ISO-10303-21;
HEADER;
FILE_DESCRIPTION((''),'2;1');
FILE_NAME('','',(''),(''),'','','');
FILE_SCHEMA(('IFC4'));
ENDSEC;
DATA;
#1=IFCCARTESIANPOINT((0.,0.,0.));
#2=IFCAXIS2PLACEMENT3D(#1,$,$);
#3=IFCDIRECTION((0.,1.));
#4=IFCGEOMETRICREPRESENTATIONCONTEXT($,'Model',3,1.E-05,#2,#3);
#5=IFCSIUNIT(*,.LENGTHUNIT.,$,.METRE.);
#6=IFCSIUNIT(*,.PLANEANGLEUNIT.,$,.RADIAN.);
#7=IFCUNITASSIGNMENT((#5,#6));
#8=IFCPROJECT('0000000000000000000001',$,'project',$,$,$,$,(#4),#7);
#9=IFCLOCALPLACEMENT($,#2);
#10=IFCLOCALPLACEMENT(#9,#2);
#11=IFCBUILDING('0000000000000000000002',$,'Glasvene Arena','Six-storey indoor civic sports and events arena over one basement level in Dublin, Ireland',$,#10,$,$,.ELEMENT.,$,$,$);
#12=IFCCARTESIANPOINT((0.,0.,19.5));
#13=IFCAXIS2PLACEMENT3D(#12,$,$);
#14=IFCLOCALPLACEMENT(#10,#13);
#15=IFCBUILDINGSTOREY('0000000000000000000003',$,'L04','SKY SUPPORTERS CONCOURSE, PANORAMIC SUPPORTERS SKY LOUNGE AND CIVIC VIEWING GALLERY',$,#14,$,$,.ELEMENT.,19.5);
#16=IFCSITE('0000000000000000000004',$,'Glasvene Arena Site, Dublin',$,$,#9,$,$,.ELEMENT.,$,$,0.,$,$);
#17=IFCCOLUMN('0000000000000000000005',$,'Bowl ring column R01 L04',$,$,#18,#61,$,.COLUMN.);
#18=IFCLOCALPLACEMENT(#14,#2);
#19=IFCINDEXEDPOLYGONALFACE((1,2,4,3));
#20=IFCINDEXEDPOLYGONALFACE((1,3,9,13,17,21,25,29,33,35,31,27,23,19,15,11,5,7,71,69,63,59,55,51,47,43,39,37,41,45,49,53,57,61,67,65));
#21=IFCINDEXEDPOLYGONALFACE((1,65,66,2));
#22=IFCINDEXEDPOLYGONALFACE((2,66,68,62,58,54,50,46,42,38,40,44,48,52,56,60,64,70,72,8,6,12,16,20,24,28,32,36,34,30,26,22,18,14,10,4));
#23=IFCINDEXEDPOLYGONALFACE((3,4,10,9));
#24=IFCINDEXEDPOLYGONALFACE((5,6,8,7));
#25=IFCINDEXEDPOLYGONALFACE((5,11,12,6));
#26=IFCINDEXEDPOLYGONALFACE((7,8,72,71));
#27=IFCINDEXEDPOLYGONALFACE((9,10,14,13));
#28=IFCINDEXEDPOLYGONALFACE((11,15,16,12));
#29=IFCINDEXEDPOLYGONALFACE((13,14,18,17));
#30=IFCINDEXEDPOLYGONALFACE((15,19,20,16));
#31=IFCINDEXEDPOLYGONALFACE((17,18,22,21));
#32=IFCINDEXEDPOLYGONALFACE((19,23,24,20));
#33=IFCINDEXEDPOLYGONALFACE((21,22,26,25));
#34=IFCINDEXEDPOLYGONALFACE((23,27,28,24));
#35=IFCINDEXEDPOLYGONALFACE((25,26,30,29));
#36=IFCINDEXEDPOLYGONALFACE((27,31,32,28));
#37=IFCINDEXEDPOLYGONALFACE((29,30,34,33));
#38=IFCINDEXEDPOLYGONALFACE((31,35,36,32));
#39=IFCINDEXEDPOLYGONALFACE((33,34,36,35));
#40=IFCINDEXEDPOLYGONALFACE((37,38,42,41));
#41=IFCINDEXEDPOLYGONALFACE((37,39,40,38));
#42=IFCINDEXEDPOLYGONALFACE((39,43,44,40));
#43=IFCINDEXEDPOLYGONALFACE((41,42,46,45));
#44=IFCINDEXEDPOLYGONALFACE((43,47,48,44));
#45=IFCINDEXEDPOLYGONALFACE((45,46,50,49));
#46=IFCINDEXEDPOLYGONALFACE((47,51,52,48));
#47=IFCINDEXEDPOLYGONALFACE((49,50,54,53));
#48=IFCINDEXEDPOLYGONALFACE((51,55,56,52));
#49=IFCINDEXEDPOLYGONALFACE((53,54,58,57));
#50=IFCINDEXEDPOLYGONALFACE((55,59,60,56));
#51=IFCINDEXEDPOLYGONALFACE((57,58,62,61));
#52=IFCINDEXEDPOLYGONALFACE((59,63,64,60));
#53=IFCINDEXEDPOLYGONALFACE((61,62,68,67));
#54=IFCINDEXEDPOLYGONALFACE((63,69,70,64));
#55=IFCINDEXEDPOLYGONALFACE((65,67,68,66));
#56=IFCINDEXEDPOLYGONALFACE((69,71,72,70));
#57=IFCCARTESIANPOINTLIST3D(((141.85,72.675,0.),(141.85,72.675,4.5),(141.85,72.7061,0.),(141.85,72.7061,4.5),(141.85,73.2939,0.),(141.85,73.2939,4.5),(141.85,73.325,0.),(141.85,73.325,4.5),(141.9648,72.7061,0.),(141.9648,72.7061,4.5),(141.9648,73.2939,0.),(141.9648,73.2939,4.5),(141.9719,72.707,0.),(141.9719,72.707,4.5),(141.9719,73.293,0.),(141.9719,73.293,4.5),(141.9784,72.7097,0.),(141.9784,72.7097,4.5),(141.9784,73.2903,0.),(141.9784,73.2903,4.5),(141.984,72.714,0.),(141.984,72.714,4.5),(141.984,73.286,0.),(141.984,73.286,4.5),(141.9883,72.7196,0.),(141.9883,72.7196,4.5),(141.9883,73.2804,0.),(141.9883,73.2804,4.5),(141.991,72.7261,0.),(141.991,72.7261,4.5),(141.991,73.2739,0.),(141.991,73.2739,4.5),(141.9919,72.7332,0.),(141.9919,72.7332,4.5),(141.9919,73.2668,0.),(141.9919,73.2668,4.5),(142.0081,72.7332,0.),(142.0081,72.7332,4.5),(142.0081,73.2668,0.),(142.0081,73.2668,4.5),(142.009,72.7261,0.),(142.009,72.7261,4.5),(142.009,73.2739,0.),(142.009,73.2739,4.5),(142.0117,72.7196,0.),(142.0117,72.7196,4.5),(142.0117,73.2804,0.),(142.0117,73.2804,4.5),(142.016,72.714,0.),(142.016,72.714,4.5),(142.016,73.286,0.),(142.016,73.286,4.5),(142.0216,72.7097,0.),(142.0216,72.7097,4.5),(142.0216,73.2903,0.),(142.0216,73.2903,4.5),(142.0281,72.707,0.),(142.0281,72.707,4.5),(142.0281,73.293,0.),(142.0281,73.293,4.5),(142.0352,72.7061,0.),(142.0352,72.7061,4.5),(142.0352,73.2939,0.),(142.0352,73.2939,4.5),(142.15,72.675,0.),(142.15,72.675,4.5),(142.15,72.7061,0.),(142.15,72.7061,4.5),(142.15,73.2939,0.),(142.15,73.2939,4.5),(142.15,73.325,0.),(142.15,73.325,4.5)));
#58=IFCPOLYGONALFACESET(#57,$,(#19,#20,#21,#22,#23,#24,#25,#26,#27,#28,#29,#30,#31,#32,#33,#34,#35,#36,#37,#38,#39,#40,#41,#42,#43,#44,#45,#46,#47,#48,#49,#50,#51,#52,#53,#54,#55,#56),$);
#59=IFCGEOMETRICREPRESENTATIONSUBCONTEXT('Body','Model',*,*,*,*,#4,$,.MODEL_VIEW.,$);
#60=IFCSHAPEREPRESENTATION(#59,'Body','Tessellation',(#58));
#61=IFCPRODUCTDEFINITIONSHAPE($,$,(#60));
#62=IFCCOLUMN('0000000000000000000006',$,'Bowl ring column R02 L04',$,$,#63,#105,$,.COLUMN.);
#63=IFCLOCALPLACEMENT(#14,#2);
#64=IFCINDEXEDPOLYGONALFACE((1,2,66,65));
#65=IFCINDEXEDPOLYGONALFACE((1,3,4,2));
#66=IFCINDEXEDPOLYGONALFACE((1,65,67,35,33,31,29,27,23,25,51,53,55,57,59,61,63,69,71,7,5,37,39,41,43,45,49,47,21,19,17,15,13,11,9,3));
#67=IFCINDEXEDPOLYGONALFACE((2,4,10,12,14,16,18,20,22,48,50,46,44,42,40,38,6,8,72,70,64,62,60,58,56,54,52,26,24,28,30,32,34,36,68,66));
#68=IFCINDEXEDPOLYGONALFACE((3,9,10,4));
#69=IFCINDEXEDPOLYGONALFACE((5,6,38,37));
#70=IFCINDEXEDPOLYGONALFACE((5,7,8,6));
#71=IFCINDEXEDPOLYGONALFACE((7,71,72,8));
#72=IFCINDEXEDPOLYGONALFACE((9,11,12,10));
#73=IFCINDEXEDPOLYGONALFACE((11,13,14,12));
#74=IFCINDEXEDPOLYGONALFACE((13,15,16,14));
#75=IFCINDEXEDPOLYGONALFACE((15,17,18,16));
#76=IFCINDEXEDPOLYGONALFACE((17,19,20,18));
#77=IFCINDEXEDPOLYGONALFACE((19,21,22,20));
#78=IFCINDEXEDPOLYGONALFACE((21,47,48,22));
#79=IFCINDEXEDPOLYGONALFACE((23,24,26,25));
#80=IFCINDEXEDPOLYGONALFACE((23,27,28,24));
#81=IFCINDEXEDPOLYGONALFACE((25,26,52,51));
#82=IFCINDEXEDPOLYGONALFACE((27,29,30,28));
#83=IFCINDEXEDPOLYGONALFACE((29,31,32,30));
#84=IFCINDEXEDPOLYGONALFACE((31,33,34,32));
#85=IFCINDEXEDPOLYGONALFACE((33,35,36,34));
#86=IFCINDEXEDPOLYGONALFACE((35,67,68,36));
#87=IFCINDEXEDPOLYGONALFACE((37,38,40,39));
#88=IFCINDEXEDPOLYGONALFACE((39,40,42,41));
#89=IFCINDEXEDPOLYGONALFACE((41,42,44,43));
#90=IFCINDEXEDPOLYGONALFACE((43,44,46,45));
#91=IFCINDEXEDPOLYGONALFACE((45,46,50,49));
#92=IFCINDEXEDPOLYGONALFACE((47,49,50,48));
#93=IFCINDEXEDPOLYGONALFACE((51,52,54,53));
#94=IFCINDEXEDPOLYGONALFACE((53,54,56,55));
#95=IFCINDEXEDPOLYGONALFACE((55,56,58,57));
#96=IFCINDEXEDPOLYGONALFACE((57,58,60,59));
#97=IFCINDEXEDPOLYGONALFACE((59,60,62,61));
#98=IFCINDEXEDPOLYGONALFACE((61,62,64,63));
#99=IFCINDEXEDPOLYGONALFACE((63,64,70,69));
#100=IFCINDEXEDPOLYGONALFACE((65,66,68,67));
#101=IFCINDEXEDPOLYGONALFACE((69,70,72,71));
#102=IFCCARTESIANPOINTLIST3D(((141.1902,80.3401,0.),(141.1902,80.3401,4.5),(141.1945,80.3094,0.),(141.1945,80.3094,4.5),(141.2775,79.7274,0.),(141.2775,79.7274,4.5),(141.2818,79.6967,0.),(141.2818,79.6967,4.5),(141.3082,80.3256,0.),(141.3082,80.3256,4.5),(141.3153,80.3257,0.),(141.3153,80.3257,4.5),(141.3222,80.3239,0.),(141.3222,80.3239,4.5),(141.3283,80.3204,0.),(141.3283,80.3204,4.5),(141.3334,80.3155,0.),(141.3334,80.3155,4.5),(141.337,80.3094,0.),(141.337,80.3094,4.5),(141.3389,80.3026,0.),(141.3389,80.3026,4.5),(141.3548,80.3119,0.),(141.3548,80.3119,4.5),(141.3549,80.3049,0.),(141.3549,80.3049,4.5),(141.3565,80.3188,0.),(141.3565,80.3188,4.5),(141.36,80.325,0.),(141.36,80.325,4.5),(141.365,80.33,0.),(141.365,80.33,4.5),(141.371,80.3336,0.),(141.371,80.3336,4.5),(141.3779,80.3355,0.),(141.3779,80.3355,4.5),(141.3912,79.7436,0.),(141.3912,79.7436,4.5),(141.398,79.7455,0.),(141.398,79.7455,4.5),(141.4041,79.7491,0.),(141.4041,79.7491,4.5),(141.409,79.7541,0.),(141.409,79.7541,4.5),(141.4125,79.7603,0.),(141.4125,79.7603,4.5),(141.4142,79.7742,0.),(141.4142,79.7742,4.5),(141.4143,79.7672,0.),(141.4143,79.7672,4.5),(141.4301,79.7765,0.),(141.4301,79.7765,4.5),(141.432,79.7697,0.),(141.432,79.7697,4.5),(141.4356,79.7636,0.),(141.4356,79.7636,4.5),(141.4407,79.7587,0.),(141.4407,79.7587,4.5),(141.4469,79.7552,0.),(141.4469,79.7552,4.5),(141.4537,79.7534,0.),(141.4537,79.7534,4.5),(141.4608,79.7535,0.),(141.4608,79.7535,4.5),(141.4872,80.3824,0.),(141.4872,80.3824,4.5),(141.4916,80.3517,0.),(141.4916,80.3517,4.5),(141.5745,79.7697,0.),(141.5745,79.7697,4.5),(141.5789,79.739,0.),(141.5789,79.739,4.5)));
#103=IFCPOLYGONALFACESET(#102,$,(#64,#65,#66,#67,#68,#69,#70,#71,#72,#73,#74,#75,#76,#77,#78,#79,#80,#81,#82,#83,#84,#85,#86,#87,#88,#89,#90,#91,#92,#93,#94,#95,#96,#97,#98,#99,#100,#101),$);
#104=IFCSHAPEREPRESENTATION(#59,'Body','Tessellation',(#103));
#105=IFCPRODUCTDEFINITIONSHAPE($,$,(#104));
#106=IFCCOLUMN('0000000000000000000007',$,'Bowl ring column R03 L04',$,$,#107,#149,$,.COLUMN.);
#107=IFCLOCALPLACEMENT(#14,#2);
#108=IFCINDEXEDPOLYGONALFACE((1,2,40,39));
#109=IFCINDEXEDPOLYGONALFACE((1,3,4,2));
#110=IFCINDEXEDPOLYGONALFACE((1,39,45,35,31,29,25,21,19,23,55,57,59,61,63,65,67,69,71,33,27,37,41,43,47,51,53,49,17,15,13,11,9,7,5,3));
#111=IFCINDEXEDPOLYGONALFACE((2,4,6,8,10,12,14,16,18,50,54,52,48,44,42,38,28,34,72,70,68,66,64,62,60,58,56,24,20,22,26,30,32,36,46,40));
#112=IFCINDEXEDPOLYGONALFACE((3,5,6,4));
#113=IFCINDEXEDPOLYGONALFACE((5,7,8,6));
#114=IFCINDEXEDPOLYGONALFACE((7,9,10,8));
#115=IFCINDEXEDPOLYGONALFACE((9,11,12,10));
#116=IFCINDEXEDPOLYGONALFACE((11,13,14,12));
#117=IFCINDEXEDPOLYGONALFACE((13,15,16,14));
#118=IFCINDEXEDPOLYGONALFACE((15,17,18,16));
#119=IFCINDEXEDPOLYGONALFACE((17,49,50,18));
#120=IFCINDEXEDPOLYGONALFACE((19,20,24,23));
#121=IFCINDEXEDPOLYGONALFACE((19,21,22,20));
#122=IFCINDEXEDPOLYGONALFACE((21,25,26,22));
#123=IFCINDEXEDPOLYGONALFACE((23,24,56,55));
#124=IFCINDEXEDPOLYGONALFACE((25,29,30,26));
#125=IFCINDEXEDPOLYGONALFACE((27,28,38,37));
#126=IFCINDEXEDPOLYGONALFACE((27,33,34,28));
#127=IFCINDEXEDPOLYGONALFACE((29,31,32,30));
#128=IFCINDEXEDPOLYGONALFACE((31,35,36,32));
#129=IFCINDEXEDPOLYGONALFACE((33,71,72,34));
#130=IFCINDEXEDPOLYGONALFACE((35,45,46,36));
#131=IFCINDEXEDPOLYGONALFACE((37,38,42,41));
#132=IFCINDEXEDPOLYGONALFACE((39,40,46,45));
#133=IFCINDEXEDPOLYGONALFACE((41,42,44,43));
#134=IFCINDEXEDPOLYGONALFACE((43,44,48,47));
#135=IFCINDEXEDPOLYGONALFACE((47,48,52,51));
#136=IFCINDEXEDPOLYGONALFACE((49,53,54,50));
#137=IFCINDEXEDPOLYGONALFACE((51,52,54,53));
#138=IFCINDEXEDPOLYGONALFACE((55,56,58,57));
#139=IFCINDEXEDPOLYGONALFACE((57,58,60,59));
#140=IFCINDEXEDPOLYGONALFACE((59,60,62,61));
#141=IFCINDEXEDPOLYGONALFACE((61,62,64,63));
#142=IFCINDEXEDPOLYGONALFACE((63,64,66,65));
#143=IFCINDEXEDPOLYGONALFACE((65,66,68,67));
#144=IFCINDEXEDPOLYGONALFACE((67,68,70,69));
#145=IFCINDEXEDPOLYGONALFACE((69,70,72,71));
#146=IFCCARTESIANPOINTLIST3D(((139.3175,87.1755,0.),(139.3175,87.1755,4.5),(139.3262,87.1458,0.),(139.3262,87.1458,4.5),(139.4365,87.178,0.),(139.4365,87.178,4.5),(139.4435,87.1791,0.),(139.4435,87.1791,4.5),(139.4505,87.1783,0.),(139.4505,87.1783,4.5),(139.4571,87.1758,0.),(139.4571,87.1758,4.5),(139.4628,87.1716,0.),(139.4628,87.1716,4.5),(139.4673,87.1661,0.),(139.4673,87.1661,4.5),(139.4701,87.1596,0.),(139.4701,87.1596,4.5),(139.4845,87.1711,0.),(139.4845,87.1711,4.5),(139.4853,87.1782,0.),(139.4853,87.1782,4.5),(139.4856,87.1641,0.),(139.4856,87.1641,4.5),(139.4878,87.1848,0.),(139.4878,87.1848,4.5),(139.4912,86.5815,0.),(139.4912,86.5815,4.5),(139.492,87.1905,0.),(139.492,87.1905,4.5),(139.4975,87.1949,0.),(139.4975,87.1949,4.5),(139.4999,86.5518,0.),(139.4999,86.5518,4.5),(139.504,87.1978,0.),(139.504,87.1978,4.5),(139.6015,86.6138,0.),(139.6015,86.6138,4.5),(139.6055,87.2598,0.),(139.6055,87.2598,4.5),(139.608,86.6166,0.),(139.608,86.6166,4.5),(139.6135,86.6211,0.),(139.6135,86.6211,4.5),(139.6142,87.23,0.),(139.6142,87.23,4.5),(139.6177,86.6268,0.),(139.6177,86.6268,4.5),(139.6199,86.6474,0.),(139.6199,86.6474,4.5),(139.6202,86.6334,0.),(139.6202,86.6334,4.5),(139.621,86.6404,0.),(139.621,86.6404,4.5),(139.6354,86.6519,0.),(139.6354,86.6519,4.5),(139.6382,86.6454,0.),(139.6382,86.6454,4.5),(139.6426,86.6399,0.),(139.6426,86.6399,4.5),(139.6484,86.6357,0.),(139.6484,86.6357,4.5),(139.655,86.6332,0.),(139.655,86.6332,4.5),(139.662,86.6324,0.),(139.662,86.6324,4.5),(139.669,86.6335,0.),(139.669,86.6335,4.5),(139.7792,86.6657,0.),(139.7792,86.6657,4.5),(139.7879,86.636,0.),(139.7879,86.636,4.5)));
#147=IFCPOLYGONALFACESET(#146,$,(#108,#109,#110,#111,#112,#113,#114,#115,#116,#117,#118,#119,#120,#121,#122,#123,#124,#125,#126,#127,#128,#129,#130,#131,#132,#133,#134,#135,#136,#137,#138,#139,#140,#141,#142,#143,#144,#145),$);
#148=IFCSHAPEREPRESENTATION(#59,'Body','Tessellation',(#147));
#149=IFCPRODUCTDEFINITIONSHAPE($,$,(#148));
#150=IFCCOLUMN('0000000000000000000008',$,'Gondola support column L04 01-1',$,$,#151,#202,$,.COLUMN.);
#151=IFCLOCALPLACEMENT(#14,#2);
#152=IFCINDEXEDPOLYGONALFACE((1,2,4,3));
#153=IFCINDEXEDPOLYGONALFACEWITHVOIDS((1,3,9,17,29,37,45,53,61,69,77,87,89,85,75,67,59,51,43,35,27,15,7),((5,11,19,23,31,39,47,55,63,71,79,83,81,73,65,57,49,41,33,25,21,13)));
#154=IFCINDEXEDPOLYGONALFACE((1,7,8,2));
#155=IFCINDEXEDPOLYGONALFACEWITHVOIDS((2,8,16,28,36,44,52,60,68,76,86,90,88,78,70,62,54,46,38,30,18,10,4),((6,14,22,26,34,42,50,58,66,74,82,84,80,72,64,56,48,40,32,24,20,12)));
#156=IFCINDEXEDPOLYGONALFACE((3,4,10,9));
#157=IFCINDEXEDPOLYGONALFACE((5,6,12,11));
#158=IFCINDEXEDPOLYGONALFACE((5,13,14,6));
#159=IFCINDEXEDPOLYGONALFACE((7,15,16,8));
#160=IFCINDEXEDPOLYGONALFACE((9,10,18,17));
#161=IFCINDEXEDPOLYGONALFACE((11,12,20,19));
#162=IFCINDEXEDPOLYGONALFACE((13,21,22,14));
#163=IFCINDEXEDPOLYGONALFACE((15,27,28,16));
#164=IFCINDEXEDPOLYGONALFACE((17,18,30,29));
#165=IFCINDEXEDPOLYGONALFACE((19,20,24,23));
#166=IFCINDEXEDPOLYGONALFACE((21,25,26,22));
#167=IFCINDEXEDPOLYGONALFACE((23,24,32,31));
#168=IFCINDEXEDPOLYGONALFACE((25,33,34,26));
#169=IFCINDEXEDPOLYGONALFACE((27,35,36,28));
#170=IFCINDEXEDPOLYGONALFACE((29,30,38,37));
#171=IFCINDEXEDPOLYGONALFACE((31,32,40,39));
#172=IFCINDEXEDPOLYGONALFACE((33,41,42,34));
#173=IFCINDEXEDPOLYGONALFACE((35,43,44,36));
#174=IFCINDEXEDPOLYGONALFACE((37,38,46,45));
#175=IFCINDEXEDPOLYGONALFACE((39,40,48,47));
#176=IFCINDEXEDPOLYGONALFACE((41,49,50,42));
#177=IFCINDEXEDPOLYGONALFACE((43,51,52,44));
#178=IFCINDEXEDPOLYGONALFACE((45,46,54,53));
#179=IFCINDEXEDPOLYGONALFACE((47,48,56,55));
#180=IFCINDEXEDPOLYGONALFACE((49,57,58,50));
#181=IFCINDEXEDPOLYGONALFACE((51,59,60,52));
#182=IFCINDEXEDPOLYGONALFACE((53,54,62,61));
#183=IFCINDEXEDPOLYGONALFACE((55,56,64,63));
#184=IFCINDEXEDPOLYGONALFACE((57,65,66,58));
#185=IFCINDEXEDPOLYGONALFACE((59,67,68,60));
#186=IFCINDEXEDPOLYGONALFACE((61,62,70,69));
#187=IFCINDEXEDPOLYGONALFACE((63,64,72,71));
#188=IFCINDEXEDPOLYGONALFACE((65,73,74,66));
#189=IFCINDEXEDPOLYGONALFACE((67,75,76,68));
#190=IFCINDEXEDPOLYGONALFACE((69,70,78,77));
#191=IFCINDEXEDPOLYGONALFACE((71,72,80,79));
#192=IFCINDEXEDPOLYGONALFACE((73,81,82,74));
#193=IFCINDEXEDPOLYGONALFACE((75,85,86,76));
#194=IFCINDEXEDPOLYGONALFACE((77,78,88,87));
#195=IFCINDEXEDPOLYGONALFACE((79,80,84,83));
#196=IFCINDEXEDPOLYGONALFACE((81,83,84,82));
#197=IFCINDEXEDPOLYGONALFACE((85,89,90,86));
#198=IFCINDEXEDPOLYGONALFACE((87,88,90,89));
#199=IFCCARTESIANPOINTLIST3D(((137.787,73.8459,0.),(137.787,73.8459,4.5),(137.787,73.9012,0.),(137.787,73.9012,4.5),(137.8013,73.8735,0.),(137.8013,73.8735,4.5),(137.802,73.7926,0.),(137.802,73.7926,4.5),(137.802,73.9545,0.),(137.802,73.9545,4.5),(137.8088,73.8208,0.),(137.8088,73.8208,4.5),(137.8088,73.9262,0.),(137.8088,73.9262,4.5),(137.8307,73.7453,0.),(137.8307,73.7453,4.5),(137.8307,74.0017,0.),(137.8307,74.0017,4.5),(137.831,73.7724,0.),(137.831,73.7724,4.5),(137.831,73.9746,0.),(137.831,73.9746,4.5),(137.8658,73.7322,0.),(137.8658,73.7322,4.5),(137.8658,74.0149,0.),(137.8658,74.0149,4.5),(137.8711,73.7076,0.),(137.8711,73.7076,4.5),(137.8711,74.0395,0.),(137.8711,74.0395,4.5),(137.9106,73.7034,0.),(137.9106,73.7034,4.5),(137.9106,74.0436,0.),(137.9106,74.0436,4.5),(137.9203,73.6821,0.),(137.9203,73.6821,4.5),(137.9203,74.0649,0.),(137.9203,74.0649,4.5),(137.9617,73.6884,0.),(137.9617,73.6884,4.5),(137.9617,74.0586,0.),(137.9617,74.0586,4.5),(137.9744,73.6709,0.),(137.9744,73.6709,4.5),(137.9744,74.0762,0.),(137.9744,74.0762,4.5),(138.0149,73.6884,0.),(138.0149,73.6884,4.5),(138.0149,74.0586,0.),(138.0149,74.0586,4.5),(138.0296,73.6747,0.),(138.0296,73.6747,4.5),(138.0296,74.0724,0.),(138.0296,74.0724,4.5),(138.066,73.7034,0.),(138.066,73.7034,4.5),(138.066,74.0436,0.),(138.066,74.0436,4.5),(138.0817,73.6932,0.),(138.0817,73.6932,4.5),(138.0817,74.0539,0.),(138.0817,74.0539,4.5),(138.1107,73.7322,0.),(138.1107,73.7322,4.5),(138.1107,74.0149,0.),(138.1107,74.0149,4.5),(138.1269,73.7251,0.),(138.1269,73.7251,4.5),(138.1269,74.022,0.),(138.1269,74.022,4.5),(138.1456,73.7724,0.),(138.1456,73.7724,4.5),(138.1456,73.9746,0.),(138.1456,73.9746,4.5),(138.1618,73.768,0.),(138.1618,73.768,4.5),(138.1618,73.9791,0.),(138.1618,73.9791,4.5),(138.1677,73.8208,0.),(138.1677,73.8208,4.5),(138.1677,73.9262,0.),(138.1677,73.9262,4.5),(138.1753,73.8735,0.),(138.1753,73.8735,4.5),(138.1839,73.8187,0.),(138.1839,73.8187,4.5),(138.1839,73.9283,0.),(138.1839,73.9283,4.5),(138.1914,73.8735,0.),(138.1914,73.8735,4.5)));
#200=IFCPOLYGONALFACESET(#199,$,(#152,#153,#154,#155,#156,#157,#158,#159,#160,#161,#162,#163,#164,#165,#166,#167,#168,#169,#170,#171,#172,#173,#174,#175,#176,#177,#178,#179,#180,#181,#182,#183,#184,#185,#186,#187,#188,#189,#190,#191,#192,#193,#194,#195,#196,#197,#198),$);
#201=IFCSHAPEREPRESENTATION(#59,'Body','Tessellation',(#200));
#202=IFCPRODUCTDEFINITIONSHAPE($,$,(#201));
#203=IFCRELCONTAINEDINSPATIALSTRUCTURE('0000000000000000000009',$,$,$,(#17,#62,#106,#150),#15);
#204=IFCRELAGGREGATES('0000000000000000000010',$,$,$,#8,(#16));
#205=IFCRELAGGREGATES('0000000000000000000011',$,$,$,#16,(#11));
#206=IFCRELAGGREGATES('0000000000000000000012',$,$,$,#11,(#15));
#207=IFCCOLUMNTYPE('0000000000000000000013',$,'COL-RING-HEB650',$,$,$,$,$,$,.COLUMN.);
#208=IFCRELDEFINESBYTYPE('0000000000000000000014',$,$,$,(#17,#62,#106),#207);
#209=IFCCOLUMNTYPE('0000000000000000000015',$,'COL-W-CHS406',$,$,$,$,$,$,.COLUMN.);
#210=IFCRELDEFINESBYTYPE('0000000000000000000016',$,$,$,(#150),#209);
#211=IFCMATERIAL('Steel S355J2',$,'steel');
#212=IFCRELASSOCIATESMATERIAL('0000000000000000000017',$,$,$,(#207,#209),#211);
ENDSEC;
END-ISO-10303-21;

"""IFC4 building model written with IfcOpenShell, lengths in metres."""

from ifc_helpers import new_model, si_unit, direction, frame, origin, origin_2d, place, context, subcontext, project, spatial, hollow_circle, i_section, extrude, material, material_profile, profile_set, type_object, element, save


model = new_model("IFC4")

# Units and contexts
model_context = context("Model", 3, precision=1e-05, world=origin(), true_north=direction((0.0, 1.0)))
body_context = subcontext(model_context, "Body", "Model", "MODEL_VIEW")
ifc_project = project(units=[si_unit("LENGTHUNIT", "METRE"), si_unit("PLANEANGLEUNIT", "RADIAN")], contexts=[model_context])

# Site, building, storey
site_placement = place(None, origin())
site = spatial("IfcSite", under=ifc_project, at=site_placement, Name="Glasvene Arena Site, Dublin", CompositionType="ELEMENT", RefElevation=0.0)
building_placement = place(site_placement, origin())
building = spatial("IfcBuilding", under=site, at=building_placement, Name="Glasvene Arena", Description="Six-storey indoor civic sports and events arena over one basement level in Dublin, Ireland", CompositionType="ELEMENT")
storey_placement = place(building_placement, frame((0.0, 0.0, 19.5)))
storey = spatial("IfcBuildingStorey", under=building, at=storey_placement, Name="L04", Description="SKY SUPPORTERS CONCOURSE, PANORAMIC SUPPORTERS SKY LOUNGE AND CIVIC VIEWING GALLERY", CompositionType="ELEMENT", Elevation=19.5)

# Columns
ifc_material_1 = material(Name="Steel S355J2", Category="steel")
ifc_material_profile_1 = material_profile(ifc_material_1, i_section(OverallWidth=0.3, OverallDepth=0.6499, WebThickness=0.0161, FlangeThickness=0.031, FilletRadius=0.0271, at=origin_2d()), Name="HEB 650")
ifc_profile_set_1 = profile_set([ifc_material_profile_1], Name="Steel S355J2")
column_type_1 = type_object("IfcColumnType", Name="COL-RING-HEB650", PredefinedType="COLUMN", material=ifc_profile_set_1)
for number, where, z_axis, x_axis, name in (
    (1, (142.0, 73.0, 0.0), (0.0, 0.0, 1.0), (1.0, 0.0, 0.0), "Bowl ring column R01 L04"),
    (2, (141.3845, 80.0396, 0.0), (0.0, 0.0, 1.0), (0.989999, 0.141074, 0.0), "Bowl ring column R02 L04"),
    (3, (139.5527, 86.9058, 0.0), (0.0, 0.0, 1.0), (0.959805, 0.280667, 0.0), "Bowl ring column R03 L04"),
):
    element("IfcColumn", number, at=place(storey_placement, frame(where, z_axis=z_axis, x_axis=x_axis)), inside=storey, type_object=column_type_1, Name=name, PredefinedType="COLUMN", context=body_context, shape_type="SweptSolid", body=[
        extrude(i_section(OverallWidth=0.3, OverallDepth=0.6499, WebThickness=0.0161, FlangeThickness=0.031, FilletRadius=0.0271, at=origin_2d()), origin(), (0.0, 0.0, 1.0), 4.5),
    ])
ifc_material_profile_2 = material_profile(ifc_material_1, hollow_circle(Radius=0.2031, WallThickness=0.0161, at=origin_2d()), Name="CHS 406.4x16.0")
ifc_profile_set_2 = profile_set([ifc_material_profile_2], Name="Steel S355J2")
column_type_2 = type_object("IfcColumnType", Name="COL-W-CHS406", PredefinedType="COLUMN", material=ifc_profile_set_2)
column_placement = place(storey_placement, frame((137.9883, 73.8735, 0.0), z_axis=(0.0, 0.0, 1.0), x_axis=(1.0, 0.0, 0.0)))
element("IfcColumn", 4, at=column_placement, inside=storey, type_object=column_type_2, Name="Gondola support column L04 01-1", PredefinedType="COLUMN", context=body_context, shape_type="SweptSolid", body=[
    extrude(hollow_circle(Radius=0.2031, WallThickness=0.0161, at=origin_2d()), origin(), (0.0, 0.0, 1.0), 4.5),
])

save(model, "model.ifc")
